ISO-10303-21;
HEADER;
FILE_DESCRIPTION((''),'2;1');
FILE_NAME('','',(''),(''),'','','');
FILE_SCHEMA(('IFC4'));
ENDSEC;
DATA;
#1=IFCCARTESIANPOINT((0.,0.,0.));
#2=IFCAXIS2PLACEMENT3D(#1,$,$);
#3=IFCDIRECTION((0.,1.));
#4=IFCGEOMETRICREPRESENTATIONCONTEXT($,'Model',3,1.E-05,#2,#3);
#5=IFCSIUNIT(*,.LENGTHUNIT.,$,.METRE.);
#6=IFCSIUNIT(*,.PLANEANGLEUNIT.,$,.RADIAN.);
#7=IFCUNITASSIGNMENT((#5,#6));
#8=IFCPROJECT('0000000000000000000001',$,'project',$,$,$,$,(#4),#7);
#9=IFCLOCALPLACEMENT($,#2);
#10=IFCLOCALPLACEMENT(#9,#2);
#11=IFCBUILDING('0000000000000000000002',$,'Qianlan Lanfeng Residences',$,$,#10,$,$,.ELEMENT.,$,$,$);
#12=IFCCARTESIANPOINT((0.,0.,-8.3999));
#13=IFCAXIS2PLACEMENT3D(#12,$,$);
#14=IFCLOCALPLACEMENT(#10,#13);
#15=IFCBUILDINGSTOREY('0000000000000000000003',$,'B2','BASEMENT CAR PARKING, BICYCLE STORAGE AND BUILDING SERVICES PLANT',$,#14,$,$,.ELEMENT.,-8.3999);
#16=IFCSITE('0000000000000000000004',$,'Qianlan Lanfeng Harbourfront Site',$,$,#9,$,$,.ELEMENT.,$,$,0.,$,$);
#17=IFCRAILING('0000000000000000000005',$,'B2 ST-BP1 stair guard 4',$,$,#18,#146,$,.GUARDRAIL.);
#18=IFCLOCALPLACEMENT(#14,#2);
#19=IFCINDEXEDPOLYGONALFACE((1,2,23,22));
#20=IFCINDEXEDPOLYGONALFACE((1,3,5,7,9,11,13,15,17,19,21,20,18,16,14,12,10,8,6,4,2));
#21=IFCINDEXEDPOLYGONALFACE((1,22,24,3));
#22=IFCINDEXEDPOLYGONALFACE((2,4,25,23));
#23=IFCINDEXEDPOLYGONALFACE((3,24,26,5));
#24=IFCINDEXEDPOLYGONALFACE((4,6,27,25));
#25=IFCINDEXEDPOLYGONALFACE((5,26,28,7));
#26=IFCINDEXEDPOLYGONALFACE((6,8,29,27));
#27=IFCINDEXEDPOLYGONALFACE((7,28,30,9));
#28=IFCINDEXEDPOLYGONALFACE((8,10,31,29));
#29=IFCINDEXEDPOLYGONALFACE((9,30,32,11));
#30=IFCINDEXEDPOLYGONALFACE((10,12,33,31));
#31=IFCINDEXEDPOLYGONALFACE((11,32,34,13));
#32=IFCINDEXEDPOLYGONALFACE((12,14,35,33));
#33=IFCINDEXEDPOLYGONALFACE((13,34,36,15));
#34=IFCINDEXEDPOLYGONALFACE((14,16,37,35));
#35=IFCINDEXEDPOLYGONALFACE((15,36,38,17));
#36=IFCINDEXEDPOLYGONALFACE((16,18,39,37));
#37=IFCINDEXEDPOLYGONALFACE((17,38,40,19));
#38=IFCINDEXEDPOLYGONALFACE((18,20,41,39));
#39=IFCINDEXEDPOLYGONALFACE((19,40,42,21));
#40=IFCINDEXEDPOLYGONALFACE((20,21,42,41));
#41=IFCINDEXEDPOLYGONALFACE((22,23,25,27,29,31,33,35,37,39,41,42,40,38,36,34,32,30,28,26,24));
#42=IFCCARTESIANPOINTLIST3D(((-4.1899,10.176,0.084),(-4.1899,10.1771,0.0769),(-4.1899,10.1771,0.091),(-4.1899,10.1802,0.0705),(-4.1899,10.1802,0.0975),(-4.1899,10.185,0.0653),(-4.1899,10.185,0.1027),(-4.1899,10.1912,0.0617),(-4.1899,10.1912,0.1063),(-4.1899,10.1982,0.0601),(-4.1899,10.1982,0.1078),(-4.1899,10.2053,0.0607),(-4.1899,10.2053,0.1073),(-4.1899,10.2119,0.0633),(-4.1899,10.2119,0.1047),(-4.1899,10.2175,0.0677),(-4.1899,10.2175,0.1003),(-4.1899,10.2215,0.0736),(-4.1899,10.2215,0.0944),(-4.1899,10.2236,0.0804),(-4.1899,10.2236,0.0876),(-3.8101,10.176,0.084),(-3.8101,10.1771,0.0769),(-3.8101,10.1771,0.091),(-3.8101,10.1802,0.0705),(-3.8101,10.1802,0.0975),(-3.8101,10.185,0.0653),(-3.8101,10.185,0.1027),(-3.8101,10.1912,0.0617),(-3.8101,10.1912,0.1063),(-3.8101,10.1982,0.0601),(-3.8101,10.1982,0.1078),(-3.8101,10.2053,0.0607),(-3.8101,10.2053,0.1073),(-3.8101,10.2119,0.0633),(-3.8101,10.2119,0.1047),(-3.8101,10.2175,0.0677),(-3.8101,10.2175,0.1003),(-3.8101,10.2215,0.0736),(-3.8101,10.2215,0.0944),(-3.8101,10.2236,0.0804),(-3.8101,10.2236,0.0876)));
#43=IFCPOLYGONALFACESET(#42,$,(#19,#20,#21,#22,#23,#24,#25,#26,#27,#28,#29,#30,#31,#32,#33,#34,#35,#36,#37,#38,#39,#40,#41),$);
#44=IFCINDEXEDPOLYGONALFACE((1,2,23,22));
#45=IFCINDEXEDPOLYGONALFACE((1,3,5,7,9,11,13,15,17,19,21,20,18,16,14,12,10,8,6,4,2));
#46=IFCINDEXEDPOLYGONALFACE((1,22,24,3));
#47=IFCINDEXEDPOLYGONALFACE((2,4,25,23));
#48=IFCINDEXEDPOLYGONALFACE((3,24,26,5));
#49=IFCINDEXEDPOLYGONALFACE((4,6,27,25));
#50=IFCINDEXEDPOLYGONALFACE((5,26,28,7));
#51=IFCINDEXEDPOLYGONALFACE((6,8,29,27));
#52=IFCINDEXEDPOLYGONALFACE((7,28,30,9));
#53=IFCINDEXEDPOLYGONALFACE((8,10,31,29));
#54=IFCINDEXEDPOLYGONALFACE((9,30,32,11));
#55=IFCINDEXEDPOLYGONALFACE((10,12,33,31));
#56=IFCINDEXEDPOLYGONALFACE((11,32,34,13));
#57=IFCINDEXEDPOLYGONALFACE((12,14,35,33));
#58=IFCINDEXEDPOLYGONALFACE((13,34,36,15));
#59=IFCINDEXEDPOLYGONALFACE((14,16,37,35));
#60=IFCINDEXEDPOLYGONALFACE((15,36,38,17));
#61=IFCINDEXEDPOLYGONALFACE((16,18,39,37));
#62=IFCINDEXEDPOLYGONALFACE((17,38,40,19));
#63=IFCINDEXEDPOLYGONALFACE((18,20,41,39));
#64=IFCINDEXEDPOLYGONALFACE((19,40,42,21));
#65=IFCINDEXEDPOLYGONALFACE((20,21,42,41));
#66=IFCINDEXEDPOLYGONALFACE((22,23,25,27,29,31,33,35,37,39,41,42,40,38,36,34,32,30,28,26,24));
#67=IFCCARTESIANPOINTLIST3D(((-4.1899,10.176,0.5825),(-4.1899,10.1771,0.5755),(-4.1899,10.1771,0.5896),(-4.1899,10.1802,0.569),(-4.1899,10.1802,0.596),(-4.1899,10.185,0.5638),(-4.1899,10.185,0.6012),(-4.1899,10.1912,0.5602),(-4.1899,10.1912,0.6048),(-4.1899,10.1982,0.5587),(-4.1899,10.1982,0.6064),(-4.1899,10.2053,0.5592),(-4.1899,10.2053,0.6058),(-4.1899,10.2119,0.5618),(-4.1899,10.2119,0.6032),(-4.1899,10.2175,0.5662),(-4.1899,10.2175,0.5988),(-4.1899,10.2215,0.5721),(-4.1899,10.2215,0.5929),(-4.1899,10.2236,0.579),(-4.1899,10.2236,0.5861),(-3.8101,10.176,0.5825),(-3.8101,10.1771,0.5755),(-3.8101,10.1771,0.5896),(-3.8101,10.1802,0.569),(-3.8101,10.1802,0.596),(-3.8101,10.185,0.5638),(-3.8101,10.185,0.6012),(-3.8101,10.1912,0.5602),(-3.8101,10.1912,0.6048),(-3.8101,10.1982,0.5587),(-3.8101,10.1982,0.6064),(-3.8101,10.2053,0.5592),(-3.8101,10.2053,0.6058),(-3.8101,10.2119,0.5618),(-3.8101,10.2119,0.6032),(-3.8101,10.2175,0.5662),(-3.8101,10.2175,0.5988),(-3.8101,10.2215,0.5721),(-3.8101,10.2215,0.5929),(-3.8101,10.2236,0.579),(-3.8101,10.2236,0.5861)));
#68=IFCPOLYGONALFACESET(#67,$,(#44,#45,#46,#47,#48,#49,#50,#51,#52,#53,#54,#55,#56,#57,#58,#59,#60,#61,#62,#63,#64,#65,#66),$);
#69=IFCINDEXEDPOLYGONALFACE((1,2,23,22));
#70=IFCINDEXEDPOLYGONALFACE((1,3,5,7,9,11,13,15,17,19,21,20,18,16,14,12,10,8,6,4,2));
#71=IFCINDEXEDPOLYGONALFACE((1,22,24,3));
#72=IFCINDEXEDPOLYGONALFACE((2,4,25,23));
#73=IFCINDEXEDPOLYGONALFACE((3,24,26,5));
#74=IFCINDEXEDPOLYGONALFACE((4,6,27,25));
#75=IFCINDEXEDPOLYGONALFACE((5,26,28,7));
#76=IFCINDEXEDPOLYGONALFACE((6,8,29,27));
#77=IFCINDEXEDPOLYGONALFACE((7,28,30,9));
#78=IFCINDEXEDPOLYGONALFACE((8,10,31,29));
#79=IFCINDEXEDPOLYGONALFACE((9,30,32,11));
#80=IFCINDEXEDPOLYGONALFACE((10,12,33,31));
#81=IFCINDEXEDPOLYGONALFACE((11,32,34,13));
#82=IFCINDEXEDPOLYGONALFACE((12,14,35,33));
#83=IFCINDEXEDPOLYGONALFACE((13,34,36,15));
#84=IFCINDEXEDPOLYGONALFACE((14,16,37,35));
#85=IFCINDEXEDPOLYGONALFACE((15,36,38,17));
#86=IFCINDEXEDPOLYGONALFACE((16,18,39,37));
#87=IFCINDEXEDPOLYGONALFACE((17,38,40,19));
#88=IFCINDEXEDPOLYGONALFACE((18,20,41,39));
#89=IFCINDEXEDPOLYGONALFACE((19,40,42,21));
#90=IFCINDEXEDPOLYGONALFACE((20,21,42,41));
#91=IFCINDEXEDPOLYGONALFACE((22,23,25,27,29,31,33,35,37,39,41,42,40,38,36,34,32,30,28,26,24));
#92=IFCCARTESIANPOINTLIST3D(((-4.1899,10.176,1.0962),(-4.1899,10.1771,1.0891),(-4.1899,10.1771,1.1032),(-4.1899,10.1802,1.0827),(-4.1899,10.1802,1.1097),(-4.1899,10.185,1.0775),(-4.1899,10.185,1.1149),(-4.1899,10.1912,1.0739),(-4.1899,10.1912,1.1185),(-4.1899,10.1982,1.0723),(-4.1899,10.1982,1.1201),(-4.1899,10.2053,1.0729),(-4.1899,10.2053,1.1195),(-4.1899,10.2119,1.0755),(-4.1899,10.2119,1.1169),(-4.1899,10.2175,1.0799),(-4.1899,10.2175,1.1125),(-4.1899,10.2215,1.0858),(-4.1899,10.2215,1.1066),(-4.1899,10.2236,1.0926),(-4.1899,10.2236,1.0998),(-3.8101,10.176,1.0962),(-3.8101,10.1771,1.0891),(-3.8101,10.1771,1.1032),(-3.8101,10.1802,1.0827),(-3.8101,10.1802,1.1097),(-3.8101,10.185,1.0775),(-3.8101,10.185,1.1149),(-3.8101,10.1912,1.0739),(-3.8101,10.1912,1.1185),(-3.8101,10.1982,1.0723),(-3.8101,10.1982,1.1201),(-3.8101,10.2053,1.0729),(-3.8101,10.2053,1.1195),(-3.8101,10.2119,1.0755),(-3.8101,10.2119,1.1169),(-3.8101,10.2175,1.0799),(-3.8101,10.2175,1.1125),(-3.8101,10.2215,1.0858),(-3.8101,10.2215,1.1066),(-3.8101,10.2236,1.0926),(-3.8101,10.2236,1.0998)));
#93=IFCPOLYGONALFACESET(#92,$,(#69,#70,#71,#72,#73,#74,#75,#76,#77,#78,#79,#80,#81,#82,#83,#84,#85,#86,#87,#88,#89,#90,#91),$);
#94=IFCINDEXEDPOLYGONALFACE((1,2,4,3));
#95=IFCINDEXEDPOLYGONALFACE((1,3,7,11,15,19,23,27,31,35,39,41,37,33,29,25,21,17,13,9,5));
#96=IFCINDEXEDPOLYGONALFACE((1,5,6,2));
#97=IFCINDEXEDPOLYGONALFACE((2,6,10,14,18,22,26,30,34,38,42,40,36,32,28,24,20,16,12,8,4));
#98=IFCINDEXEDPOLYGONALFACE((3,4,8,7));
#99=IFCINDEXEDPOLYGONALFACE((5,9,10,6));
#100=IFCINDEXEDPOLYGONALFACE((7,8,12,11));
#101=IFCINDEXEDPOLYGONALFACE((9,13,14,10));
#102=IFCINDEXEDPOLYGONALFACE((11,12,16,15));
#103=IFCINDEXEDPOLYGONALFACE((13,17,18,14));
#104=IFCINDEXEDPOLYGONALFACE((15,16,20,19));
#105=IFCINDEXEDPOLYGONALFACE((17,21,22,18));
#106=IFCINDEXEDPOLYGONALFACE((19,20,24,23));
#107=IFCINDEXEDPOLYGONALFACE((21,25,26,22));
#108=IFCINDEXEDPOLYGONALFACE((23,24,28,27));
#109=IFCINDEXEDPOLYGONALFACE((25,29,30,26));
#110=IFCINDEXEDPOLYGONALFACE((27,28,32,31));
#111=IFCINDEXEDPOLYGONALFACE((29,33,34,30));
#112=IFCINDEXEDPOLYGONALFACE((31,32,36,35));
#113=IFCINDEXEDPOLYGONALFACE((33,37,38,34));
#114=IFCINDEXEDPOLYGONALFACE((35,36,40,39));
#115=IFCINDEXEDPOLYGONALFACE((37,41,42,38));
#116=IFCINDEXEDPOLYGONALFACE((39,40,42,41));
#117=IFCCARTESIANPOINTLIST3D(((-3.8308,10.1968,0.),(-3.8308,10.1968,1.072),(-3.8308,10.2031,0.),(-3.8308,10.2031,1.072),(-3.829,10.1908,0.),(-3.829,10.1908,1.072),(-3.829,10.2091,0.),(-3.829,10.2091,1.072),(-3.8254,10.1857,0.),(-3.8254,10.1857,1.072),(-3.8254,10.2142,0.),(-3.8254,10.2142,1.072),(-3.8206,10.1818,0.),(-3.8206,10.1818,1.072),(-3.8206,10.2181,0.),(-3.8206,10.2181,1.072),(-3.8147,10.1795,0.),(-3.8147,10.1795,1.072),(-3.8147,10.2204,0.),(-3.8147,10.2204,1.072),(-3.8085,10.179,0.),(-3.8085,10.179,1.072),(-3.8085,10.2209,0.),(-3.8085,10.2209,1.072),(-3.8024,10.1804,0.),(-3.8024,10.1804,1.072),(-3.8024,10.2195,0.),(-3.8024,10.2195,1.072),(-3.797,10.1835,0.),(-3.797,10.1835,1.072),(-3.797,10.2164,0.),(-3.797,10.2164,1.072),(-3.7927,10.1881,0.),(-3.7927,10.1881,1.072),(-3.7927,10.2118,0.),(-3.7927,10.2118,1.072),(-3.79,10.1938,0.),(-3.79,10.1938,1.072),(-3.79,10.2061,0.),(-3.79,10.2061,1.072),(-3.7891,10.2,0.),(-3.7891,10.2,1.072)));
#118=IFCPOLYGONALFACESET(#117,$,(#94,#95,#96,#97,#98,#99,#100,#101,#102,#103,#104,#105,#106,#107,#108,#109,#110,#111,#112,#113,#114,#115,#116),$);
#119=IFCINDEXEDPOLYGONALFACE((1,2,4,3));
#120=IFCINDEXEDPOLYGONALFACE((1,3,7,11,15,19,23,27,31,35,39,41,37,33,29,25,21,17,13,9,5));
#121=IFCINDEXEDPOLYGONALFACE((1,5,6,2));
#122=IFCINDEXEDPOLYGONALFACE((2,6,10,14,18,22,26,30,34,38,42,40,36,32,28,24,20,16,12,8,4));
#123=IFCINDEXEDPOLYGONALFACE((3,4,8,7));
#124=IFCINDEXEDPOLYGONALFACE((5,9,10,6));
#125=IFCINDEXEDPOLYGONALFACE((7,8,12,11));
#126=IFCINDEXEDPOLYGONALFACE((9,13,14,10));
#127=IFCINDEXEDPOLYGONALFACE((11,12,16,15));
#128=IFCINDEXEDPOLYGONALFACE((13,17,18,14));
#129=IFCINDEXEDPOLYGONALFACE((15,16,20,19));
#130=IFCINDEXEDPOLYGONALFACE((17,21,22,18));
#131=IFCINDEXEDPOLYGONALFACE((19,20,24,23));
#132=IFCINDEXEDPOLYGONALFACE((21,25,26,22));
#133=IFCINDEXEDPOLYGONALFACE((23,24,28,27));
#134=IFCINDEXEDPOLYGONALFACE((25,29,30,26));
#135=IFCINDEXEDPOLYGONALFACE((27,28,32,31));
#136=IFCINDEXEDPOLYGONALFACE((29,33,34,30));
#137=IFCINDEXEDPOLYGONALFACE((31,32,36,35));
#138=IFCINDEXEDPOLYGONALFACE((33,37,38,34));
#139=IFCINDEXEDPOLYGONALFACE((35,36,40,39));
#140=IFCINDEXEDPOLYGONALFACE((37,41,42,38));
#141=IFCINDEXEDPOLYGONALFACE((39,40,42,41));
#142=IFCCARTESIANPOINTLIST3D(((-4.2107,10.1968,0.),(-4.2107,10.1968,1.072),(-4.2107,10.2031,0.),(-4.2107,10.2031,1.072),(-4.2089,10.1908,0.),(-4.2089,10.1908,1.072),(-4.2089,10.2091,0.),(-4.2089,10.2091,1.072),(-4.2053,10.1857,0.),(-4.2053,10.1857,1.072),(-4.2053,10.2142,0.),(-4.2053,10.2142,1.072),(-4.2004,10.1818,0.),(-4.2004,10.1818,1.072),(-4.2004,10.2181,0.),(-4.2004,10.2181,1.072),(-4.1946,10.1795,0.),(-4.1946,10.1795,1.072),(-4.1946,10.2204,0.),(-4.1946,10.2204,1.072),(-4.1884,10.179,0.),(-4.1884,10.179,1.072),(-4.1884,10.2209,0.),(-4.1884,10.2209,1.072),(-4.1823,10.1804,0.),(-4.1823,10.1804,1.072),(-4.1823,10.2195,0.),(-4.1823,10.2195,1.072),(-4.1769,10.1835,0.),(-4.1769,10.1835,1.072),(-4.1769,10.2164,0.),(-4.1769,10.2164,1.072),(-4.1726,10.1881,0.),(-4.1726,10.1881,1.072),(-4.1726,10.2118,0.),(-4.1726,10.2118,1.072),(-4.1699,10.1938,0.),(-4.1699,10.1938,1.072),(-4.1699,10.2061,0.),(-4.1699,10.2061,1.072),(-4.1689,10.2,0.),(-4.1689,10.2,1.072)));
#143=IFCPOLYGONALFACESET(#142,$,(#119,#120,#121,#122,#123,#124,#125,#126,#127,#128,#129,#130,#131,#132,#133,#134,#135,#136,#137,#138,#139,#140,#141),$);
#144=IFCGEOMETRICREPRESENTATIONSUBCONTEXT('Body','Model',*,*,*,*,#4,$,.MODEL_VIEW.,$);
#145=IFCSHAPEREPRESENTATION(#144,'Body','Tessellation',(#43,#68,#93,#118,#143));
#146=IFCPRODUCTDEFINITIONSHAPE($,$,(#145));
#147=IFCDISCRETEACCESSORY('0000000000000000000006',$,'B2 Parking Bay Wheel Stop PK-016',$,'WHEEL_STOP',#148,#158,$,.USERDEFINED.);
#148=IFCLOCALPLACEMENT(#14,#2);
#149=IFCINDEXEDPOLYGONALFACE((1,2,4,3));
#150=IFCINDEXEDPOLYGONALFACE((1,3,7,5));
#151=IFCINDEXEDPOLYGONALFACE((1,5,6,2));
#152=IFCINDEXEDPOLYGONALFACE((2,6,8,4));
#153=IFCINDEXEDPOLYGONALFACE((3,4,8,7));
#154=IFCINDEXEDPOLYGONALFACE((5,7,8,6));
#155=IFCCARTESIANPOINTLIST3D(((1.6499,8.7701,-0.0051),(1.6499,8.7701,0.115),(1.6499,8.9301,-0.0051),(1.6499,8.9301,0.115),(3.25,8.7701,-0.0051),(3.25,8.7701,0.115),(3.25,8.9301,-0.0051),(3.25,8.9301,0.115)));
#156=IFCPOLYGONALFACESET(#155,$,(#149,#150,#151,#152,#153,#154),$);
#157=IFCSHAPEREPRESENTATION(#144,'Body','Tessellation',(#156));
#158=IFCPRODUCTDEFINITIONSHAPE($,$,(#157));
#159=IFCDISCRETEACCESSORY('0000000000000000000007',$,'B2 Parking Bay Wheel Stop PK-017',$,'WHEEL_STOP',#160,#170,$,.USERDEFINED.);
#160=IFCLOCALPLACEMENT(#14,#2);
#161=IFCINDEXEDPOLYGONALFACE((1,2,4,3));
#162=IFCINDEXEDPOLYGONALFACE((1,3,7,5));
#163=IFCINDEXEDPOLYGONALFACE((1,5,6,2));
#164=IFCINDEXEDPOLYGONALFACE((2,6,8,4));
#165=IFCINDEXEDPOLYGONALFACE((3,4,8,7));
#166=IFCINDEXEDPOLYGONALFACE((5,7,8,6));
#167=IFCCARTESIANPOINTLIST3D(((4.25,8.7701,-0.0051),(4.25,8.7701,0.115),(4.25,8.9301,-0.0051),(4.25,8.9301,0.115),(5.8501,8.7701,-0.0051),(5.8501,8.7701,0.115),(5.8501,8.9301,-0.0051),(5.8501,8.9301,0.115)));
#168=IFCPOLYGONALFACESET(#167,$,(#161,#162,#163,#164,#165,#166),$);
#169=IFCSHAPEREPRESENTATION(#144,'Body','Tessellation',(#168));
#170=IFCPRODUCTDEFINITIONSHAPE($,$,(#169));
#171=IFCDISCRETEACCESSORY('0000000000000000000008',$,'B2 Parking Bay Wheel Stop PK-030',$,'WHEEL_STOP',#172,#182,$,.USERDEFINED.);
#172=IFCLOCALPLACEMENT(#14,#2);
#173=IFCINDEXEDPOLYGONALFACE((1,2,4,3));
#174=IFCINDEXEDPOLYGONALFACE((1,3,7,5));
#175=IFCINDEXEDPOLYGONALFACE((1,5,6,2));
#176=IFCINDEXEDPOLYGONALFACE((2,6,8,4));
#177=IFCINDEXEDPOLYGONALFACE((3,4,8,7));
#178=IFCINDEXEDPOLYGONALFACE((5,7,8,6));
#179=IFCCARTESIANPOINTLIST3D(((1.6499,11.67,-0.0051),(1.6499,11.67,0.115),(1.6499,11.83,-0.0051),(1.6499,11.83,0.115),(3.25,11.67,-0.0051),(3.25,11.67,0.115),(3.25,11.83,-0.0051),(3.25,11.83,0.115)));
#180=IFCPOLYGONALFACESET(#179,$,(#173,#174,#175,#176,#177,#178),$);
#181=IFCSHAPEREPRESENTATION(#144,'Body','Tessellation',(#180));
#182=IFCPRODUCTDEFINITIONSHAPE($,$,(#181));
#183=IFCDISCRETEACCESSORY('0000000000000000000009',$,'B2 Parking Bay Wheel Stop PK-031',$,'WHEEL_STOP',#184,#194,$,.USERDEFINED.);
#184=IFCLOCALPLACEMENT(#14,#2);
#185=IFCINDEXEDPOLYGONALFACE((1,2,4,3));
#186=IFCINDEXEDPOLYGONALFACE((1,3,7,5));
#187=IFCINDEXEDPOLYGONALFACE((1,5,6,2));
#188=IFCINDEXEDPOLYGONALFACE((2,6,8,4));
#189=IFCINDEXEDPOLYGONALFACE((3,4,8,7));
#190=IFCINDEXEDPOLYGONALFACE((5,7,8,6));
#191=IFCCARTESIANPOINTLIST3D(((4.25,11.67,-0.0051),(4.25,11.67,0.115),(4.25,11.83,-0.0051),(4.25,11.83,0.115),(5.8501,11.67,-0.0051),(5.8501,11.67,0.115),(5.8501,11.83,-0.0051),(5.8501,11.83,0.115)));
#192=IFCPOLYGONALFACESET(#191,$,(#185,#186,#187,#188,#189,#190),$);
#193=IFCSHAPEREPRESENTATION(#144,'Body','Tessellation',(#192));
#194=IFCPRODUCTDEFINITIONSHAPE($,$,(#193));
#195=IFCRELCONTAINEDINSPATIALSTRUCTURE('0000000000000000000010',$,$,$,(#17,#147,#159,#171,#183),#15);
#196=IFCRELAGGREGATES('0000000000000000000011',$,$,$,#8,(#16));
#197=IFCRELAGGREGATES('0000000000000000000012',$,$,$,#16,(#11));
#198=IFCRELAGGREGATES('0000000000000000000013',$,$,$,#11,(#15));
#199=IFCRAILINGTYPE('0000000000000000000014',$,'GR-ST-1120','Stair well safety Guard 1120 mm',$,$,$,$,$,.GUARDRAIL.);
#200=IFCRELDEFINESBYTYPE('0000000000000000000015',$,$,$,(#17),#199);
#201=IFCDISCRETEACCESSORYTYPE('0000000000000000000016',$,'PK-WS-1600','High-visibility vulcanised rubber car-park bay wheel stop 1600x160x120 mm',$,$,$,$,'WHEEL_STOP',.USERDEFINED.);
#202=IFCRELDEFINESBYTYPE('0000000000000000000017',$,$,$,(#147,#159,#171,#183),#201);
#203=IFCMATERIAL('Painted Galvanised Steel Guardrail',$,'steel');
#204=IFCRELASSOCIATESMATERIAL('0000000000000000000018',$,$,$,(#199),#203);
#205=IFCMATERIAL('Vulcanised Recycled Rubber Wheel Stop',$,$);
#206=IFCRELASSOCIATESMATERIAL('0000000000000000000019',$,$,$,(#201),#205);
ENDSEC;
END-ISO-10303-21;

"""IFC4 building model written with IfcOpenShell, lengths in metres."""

from ifc_helpers import new_model, si_unit, direction, frame, origin, origin_2d, place, context, subcontext, project, spatial, rectangle, circle, extrude, source, transform, mapped, material, type_object, element, save


model = new_model("IFC4")

# Units and contexts
model_context = context("Model", 3, precision=1e-05, world=origin(), true_north=direction((0.0, 1.0)))
body_context = subcontext(model_context, "Body", "Model", "MODEL_VIEW")
ifc_project = project(units=[si_unit("LENGTHUNIT", "METRE"), si_unit("PLANEANGLEUNIT", "RADIAN")], contexts=[model_context])

# Site, building, storey
site_placement = place(None, origin())
site = spatial("IfcSite", under=ifc_project, at=site_placement, Name="Qianlan Lanfeng Harbourfront Site", CompositionType="ELEMENT", RefElevation=0.0)
building_placement = place(site_placement, origin())
building = spatial("IfcBuilding", under=site, at=building_placement, Name="Qianlan Lanfeng Residences", CompositionType="ELEMENT")
storey_placement = place(building_placement, frame((0.0, 0.0, -8.3999)))
storey = spatial("IfcBuildingStorey", under=building, at=storey_placement, Name="B2", Description="BASEMENT CAR PARKING, BICYCLE STORAGE AND BUILDING SERVICES PLANT", CompositionType="ELEMENT", Elevation=-8.3999)

# Railing
ifc_material_1 = material(Name="Painted Galvanised Steel Guardrail", Category="steel")
railing_type_1 = type_object("IfcRailingType", Name="GR-ST-1120", Description="Stair well safety Guard 1120 mm", PredefinedType="GUARDRAIL", material=ifc_material_1)
railing_1_placement = place(storey_placement, frame((-3.8101, 10.2, 0.0)))
element("IfcRailing", 1, at=railing_1_placement, inside=storey, type_object=railing_type_1, Name="B2 ST-BP1 stair guard 4", PredefinedType="GUARDRAIL", context=body_context, shape_type="SweptSolid", body=[
    extrude(circle(Radius=0.0239, at=origin_2d()), frame((0.0, 0.0, 0.084), z_axis=(-1.0, 0.0, 0.0), x_axis=(0.0, -1.0, 0.0)), (0.0, 0.0, 1.0), 0.3799),
    extrude(circle(Radius=0.0239, at=origin_2d()), frame((0.0, 0.0, 0.5825), z_axis=(-1.0, 0.0, 0.0), x_axis=(0.0, -1.0, 0.0)), (0.0, 0.0, 1.0), 0.3799),
    extrude(circle(Radius=0.0239, at=origin_2d()), frame((0.0, 0.0, 1.0962), z_axis=(-1.0, 0.0, 0.0), x_axis=(0.0, -1.0, 0.0)), (0.0, 0.0, 1.0), 0.3799),
    extrude(circle(Radius=0.021, at=origin_2d()), origin(), (0.0, 0.0, 1.0), 1.072),
    extrude(circle(Radius=0.021, at=origin_2d()), frame((-0.3799, 0.0, 0.0)), (0.0, 0.0, 1.0), 1.072),
])

# Discrete accessories
ifc_material_2 = material(Name="Vulcanised Recycled Rubber Wheel Stop")
discrete_accessory_type = type_object("IfcDiscreteAccessoryType", Name="PK-WS-1600", Description="High-visibility vulcanised rubber car-park bay wheel stop 1600x160x120 mm", ElementType="WHEEL_STOP", PredefinedType="USERDEFINED", material=ifc_material_2)
shared_shape = source(origin(), body_context, "Body", "SweptSolid", [
    extrude(rectangle(XDim=1.6001, YDim=0.1599, at=origin_2d()), origin(), (0.0, 0.0, 1.0), 0.1201),
])
for number, where, z_axis, x_axis, name in (
    (2, (2.45, 8.8501, -0.0051), (0.0, 0.0, 1.0), (1.0, 0.0, 0.0), "B2 Parking Bay Wheel Stop PK-016"),
    (3, (5.05, 8.8501, -0.0051), (0.0, 0.0, 1.0), (1.0, 0.0, 0.0), "B2 Parking Bay Wheel Stop PK-017"),
    (4, (2.45, 11.75, -0.0051), (0.0, 0.0, 1.0), (1.0, 0.0, 0.0), "B2 Parking Bay Wheel Stop PK-030"),
    (5, (5.05, 11.75, -0.0051), (0.0, 0.0, 1.0), (1.0, 0.0, 0.0), "B2 Parking Bay Wheel Stop PK-031"),
):
    element("IfcDiscreteAccessory", number, at=place(storey_placement, frame(where, z_axis=z_axis, x_axis=x_axis)), inside=storey, type_object=discrete_accessory_type, Name=name, ObjectType="WHEEL_STOP", PredefinedType="USERDEFINED", context=body_context, shape_type="MappedRepresentation", body=[
        mapped(shared_shape, transform((0.0, 0.0, 0.0), scale=1.0)),
    ])

save(model, "model.ifc")
